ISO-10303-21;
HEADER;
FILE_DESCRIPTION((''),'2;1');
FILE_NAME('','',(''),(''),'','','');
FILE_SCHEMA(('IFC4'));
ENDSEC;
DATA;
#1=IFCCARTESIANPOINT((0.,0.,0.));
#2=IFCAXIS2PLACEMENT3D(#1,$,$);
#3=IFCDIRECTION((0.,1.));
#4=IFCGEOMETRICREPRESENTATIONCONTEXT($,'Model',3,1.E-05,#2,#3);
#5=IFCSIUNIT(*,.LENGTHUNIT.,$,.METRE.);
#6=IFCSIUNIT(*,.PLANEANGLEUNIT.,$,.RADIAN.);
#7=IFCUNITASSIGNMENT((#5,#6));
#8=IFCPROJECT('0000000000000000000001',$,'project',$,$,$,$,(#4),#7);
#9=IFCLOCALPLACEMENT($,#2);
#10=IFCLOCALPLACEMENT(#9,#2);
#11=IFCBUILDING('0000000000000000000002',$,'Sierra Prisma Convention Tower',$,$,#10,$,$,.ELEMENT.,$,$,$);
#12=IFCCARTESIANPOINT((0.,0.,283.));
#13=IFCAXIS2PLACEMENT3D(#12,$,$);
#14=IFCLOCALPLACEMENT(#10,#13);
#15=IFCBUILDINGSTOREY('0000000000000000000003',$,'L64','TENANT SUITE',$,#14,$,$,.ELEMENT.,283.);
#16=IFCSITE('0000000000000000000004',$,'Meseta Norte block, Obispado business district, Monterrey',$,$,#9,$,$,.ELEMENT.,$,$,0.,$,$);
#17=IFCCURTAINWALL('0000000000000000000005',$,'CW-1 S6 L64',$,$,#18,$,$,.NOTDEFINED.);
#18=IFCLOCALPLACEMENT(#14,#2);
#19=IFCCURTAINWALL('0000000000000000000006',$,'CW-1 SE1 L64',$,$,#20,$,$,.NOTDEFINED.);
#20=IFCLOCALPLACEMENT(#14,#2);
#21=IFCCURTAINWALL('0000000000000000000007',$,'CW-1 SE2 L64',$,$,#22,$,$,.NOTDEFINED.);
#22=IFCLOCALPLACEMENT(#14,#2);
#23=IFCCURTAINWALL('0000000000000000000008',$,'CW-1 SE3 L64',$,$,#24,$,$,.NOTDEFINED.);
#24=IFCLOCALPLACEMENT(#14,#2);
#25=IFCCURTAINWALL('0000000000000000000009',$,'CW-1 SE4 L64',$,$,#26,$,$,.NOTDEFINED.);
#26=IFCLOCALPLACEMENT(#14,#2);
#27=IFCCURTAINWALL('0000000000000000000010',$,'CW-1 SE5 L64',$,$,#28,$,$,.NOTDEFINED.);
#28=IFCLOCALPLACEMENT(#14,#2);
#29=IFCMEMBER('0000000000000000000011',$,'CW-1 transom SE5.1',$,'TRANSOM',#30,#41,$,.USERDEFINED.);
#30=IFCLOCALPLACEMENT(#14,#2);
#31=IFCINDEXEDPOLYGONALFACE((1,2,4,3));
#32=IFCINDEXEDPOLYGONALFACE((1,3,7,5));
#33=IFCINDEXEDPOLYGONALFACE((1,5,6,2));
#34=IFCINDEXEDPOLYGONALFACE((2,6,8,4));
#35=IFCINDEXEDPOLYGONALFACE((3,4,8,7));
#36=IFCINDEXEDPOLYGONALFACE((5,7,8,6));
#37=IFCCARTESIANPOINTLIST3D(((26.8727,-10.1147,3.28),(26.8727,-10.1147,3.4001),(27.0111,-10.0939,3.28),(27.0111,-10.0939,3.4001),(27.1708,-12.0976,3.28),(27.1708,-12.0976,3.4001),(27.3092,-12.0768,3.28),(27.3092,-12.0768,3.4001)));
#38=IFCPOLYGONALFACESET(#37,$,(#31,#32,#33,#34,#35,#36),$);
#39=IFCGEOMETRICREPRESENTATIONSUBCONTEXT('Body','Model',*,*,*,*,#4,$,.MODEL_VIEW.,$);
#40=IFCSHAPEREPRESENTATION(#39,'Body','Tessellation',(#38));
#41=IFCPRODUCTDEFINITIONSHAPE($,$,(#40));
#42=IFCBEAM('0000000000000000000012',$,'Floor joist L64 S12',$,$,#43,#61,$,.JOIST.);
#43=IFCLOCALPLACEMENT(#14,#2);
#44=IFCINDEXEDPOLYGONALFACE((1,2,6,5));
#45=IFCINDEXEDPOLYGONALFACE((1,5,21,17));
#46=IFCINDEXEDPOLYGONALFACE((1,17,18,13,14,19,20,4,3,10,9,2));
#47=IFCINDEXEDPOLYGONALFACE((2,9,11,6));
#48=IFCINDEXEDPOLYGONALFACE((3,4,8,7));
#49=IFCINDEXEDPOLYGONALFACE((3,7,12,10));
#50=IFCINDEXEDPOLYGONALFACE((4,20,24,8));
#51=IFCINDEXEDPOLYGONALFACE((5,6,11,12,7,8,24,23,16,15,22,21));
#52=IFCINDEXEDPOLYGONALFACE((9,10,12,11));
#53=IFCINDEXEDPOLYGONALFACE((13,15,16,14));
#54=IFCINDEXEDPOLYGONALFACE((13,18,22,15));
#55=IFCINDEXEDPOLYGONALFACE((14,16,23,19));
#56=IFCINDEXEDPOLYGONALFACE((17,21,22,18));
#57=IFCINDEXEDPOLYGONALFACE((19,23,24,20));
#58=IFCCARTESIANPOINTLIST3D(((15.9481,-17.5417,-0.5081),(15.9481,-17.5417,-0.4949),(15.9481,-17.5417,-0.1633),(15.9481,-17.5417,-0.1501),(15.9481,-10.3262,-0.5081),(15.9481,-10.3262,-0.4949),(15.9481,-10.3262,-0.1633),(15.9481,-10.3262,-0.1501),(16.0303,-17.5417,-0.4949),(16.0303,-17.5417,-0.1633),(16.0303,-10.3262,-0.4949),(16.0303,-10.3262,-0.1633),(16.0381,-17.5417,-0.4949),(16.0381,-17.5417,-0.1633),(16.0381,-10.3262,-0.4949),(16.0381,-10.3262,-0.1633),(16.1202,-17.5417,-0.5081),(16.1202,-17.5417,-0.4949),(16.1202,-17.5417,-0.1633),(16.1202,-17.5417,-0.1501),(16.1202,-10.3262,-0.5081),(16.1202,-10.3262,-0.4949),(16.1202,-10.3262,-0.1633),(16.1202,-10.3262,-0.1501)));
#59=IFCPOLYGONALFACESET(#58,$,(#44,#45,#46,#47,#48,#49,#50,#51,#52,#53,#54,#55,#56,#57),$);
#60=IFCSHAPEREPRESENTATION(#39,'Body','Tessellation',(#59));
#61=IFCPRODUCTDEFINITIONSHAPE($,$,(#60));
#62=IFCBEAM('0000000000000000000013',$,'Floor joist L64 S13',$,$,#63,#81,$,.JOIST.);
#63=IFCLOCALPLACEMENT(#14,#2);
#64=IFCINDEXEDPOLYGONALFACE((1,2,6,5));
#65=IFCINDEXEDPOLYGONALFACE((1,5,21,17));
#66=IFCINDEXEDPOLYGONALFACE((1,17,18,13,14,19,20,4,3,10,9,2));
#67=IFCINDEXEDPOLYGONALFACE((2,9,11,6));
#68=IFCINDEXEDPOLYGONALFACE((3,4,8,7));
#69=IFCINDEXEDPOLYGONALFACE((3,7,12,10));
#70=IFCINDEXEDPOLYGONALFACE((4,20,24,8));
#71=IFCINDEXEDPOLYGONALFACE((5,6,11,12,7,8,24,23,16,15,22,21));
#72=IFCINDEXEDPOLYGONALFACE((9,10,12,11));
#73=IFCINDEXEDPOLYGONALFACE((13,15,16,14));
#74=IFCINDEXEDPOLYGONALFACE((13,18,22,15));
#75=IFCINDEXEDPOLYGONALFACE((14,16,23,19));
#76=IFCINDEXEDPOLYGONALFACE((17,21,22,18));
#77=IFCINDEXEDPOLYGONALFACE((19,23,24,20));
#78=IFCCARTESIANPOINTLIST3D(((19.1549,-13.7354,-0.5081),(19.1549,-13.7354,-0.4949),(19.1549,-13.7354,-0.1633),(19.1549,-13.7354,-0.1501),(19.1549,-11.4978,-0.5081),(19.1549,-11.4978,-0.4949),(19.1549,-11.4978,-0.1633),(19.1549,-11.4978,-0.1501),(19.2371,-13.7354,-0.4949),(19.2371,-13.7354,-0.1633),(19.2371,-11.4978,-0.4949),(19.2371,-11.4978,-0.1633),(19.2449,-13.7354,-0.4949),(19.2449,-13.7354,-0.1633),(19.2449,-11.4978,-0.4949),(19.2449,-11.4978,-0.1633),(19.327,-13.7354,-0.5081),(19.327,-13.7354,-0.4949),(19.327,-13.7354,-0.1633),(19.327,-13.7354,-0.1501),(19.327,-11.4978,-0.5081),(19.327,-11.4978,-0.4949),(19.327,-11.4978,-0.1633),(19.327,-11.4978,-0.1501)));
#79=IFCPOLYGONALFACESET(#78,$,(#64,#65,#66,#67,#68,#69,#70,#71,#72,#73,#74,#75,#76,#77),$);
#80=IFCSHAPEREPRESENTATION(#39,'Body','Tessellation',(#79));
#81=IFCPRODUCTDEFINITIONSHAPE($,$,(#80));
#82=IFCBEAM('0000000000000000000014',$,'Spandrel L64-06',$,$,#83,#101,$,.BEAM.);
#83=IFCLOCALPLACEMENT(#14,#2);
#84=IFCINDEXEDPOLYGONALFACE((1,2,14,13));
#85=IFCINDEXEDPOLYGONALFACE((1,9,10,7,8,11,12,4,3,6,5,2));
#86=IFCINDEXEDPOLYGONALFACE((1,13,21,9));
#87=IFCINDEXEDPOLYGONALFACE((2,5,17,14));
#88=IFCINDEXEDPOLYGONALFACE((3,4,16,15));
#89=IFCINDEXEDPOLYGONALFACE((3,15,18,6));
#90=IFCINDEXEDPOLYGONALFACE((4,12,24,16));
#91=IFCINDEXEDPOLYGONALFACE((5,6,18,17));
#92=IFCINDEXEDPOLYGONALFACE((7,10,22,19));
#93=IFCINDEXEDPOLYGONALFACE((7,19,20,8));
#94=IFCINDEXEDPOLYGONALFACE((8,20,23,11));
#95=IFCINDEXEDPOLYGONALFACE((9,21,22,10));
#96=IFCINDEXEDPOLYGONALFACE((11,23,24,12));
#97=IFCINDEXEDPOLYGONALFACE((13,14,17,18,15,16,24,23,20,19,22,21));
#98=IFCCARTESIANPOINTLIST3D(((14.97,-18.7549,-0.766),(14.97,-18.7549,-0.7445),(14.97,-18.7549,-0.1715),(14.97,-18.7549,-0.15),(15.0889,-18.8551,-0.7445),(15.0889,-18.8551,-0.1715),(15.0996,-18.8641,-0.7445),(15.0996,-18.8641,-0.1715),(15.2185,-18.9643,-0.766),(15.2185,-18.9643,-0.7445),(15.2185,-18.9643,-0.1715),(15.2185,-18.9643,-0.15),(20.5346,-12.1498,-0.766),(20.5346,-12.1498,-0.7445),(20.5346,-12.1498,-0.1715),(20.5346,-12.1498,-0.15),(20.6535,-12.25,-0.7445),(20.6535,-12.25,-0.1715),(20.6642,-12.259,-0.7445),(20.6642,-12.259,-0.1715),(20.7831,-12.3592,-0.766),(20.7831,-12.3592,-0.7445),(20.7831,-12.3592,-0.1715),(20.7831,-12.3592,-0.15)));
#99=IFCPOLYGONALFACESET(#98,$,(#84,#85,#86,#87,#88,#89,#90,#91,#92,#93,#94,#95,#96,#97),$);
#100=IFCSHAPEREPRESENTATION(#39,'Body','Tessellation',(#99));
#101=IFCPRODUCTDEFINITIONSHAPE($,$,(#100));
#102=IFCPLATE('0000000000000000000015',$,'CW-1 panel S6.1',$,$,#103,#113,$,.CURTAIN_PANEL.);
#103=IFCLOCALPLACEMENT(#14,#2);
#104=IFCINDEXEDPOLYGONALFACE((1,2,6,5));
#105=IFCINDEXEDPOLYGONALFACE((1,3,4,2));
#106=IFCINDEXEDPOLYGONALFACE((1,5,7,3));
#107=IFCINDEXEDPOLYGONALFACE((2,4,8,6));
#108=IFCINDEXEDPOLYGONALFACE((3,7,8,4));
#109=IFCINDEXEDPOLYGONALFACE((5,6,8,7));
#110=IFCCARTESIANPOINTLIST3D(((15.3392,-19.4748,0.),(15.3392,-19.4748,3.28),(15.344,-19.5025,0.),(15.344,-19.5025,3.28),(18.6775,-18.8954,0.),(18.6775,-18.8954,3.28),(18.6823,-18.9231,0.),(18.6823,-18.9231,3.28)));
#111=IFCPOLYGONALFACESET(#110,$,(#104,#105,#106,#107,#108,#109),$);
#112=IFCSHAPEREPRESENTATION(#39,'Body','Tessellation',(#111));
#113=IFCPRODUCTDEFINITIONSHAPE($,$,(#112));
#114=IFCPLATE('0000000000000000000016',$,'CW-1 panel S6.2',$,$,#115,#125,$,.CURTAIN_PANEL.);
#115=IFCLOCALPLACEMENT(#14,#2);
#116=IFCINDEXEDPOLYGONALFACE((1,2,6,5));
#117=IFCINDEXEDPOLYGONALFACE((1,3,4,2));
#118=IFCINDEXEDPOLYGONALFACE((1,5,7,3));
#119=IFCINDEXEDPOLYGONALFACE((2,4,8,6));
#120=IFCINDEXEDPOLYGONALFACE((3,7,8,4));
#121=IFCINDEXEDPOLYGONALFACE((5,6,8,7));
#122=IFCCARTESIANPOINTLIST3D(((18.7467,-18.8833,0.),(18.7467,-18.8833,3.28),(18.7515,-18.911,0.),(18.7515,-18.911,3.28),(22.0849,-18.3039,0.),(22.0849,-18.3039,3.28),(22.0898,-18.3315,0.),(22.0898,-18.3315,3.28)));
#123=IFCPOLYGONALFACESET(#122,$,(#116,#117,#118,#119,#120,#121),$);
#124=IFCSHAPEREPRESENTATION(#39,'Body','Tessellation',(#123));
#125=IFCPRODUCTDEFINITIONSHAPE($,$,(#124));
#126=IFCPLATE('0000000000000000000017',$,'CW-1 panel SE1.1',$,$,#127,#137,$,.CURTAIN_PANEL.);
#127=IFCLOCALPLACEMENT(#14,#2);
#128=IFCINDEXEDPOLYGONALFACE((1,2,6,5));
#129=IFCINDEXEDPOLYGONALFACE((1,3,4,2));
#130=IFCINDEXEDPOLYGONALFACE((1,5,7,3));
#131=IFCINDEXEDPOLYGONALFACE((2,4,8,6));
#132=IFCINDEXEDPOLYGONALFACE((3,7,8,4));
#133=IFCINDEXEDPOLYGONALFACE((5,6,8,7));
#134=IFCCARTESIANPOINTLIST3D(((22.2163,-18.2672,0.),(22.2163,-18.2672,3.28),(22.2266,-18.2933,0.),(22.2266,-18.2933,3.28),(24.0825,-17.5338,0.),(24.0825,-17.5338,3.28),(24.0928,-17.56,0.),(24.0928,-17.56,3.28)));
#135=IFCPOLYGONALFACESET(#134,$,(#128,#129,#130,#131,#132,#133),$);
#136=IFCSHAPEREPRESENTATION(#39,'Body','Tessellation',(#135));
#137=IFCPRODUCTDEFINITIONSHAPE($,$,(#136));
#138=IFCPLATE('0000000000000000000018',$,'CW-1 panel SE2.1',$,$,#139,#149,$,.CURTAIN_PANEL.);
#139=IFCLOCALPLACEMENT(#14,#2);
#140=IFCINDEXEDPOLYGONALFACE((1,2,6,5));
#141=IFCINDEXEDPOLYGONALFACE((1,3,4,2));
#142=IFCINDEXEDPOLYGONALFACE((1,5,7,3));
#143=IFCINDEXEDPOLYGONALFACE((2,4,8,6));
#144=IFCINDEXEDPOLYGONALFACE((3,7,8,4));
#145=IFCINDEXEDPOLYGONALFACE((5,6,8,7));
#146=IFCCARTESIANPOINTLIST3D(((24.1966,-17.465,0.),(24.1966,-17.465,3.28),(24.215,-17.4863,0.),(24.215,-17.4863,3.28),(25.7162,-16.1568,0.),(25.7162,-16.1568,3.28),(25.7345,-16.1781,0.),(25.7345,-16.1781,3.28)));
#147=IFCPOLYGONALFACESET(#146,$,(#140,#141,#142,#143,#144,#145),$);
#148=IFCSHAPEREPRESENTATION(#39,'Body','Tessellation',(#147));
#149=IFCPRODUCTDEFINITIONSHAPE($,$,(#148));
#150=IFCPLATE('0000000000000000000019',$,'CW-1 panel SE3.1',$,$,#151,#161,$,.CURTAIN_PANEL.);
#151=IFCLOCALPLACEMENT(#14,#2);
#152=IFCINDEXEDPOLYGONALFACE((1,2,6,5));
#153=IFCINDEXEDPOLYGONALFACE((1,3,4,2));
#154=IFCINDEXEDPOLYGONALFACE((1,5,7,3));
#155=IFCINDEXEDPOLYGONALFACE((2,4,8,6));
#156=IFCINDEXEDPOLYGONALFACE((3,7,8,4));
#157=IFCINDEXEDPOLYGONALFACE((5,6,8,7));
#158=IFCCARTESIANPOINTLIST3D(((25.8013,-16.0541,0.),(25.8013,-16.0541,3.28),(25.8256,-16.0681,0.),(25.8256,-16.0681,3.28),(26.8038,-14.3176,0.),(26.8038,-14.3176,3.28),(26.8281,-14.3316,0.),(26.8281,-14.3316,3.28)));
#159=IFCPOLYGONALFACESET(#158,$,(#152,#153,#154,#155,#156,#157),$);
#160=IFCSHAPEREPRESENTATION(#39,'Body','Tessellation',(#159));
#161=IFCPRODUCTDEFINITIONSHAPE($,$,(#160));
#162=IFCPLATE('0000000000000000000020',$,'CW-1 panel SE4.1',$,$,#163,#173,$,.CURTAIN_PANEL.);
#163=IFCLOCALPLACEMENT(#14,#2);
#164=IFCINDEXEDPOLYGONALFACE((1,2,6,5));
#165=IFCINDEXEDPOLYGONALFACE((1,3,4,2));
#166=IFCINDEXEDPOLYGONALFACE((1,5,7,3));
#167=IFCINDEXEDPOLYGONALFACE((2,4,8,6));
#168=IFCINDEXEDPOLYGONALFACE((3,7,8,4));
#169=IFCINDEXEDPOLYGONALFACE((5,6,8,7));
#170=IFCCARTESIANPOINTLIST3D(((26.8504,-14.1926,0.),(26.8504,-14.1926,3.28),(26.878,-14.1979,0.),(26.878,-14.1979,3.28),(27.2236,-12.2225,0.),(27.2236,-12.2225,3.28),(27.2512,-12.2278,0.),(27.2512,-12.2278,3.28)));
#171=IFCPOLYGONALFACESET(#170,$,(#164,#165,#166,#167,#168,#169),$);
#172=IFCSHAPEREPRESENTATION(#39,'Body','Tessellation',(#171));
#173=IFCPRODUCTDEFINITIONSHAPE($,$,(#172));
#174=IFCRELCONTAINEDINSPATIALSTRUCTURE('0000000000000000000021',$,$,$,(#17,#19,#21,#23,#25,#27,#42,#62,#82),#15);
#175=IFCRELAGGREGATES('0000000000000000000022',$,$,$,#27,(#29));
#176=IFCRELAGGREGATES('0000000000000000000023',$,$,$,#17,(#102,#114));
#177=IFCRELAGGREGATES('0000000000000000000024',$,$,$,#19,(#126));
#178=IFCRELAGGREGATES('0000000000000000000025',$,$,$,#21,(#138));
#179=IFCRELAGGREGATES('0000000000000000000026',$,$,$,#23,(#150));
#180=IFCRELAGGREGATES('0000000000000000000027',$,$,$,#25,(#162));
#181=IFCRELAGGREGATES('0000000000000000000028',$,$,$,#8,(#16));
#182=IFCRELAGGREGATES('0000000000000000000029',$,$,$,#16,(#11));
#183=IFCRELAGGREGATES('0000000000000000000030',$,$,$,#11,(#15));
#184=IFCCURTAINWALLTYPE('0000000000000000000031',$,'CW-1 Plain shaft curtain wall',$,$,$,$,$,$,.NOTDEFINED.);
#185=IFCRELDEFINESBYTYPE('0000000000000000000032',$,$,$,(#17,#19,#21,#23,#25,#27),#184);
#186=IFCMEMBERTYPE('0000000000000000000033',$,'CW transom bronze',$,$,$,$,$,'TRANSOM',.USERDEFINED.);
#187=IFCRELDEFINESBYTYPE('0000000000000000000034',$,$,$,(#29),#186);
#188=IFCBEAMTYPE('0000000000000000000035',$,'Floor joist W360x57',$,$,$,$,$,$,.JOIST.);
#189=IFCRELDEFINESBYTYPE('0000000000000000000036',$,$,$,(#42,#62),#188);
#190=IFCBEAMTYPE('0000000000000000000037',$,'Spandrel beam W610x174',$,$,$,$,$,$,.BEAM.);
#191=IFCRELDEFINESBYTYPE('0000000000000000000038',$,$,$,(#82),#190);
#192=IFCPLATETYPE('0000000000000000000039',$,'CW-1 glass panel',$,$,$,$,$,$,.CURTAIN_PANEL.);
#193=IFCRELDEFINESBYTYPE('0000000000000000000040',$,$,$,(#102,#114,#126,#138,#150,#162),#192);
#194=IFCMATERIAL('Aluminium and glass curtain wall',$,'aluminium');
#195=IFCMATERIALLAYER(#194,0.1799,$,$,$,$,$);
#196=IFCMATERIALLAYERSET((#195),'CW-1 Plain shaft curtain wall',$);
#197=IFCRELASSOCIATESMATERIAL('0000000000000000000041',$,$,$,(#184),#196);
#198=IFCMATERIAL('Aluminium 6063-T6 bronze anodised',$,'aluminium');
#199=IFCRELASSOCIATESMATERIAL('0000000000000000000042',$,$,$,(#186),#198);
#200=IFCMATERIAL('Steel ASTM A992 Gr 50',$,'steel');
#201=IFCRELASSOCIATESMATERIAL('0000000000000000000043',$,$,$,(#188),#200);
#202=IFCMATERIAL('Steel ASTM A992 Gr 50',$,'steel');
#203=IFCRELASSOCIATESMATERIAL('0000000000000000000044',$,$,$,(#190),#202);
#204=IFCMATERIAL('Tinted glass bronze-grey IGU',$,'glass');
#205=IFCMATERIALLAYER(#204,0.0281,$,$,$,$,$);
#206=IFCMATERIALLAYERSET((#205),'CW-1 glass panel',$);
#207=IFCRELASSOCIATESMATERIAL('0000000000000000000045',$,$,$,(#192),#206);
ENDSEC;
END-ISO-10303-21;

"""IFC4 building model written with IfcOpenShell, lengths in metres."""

from ifc_helpers import new_model, si_unit, direction, frame, origin, origin_2d, place, context, subcontext, project, spatial, rectangle, i_section, extrude, material, layer, layer_set, material_profile, profile_set, type_object, element, aggregate, save


model = new_model("IFC4")

# Units and contexts
model_context = context("Model", 3, precision=1e-05, world=origin(), true_north=direction((0.0, 1.0)))
body_context = subcontext(model_context, "Body", "Model", "MODEL_VIEW")
ifc_project = project(units=[si_unit("LENGTHUNIT", "METRE"), si_unit("PLANEANGLEUNIT", "RADIAN")], contexts=[model_context])

# Site, building, storey
site_placement = place(None, origin())
site = spatial("IfcSite", under=ifc_project, at=site_placement, Name="Meseta Norte block, Obispado business district, Monterrey", CompositionType="ELEMENT", RefElevation=0.0)
building_placement = place(site_placement, origin())
building = spatial("IfcBuilding", under=site, at=building_placement, Name="Sierra Prisma Convention Tower", CompositionType="ELEMENT")
storey_placement = place(building_placement, frame((0.0, 0.0, 283.0)))
storey = spatial("IfcBuildingStorey", under=building, at=storey_placement, Name="L64", Description="TENANT SUITE", CompositionType="ELEMENT", Elevation=283.0)

# Curtain walls
ifc_material_1 = material(Name="Aluminium and glass curtain wall", Category="aluminium")
ifc_layer_1 = layer(ifc_material_1, 0.1799)
ifc_layer_set_1 = layer_set([ifc_layer_1], Name="CW-1 Plain shaft curtain wall")
curtain_wall_type = type_object("IfcCurtainWallType", Name="CW-1 Plain shaft curtain wall", PredefinedType="NOTDEFINED", material=ifc_layer_set_1)
curtain_wall_1_placement = place(storey_placement, origin())
curtain_wall_1 = element("IfcCurtainWall", 1, at=curtain_wall_1_placement, inside=storey, type_object=curtain_wall_type, Name="CW-1 S6 L64", PredefinedType="NOTDEFINED")
curtain_wall_2_placement = place(storey_placement, origin())
curtain_wall_2 = element("IfcCurtainWall", 2, at=curtain_wall_2_placement, inside=storey, type_object=curtain_wall_type, Name="CW-1 SE1 L64", PredefinedType="NOTDEFINED")
curtain_wall_3_placement = place(storey_placement, origin())
curtain_wall_3 = element("IfcCurtainWall", 3, at=curtain_wall_3_placement, inside=storey, type_object=curtain_wall_type, Name="CW-1 SE2 L64", PredefinedType="NOTDEFINED")
curtain_wall_4_placement = place(storey_placement, origin())
curtain_wall_4 = element("IfcCurtainWall", 4, at=curtain_wall_4_placement, inside=storey, type_object=curtain_wall_type, Name="CW-1 SE3 L64", PredefinedType="NOTDEFINED")
curtain_wall_5_placement = place(storey_placement, origin())
curtain_wall_5 = element("IfcCurtainWall", 5, at=curtain_wall_5_placement, inside=storey, type_object=curtain_wall_type, Name="CW-1 SE4 L64", PredefinedType="NOTDEFINED")
curtain_wall_6_placement = place(storey_placement, origin())
curtain_wall_6 = element("IfcCurtainWall", 6, at=curtain_wall_6_placement, inside=storey, type_object=curtain_wall_type, Name="CW-1 SE5 L64", PredefinedType="NOTDEFINED")

# Member
ifc_material_2 = material(Name="Aluminium 6063-T6 bronze anodised", Category="aluminium")
ifc_material_profile_1 = material_profile(ifc_material_2, rectangle(XDim=0.1399, YDim=0.1201, at=origin_2d()), Name="ALU TRANSOM 120x140")
ifc_profile_set_1 = profile_set([ifc_material_profile_1], Name="Aluminium 6063-T6 bronze anodised")
member_type_1 = type_object("IfcMemberType", Name="CW transom bronze", ElementType="TRANSOM", PredefinedType="USERDEFINED", material=ifc_profile_set_1)
member_1_placement = place(storey_placement, frame((27.24, -12.0872, 3.3401), z_axis=(-0.148662, 0.988888, 0.0), x_axis=(-0.988888, -0.148662, 0.0)))
member_1 = element("IfcMember", 7, at=member_1_placement, type_object=member_type_1, Name="CW-1 transom SE5.1", ObjectType="TRANSOM", PredefinedType="USERDEFINED", context=body_context, shape_type="SweptSolid", body=[
    extrude(rectangle(XDim=0.1399, YDim=0.1201, at=origin_2d()), origin(), (0.0, 0.0, 1.0), 2.0051),
])
aggregate(curtain_wall_6, [member_1])

# Beams
ifc_material_3 = material(Name="Steel ASTM A992 Gr 50", Category="steel")
ifc_material_profile_2 = material_profile(ifc_material_3, i_section(OverallWidth=0.1721, OverallDepth=0.3579, WebThickness=0.0078, FlangeThickness=0.0132, at=origin_2d()), Name="W360x57")
ifc_profile_set_2 = profile_set([ifc_material_profile_2], Name="Steel ASTM A992 Gr 50")
beam_type_1 = type_object("IfcBeamType", Name="Floor joist W360x57", PredefinedType="JOIST", material=ifc_profile_set_2)
beam_1_placement = place(storey_placement, frame((16.0342, -17.5417, -0.3291), z_axis=(0.0, 1.0, 0.0), x_axis=(-1.0, 0.0, 0.0)))
element("IfcBeam", 8, at=beam_1_placement, inside=storey, type_object=beam_type_1, Name="Floor joist L64 S12", PredefinedType="JOIST", context=body_context, shape_type="SweptSolid", body=[
    extrude(i_section(OverallWidth=0.1721, OverallDepth=0.3579, WebThickness=0.0078, FlangeThickness=0.0132, at=origin_2d()), origin(), (0.0, 0.0, 1.0), 7.2156),
])
beam_2_placement = place(storey_placement, frame((19.241, -13.7354, -0.3291), z_axis=(0.0, 1.0, 0.0), x_axis=(-1.0, 0.0, 0.0)))
element("IfcBeam", 9, at=beam_2_placement, inside=storey, type_object=beam_type_1, Name="Floor joist L64 S13", PredefinedType="JOIST", context=body_context, shape_type="SweptSolid", body=[
    extrude(i_section(OverallWidth=0.1721, OverallDepth=0.3579, WebThickness=0.0078, FlangeThickness=0.0132, at=origin_2d()), origin(), (0.0, 0.0, 1.0), 2.2375),
])
ifc_material_4 = material(Name="Steel ASTM A992 Gr 50", Category="steel")
ifc_material_profile_3 = material_profile(ifc_material_4, i_section(OverallWidth=0.325, OverallDepth=0.616, WebThickness=0.0139, FlangeThickness=0.0215, at=origin_2d()), Name="W610x174")
ifc_profile_set_3 = profile_set([ifc_material_profile_3], Name="Steel ASTM A992 Gr 50")
beam_type_2 = type_object("IfcBeamType", Name="Spandrel beam W610x174", PredefinedType="BEAM", material=ifc_profile_set_3)
beam_3_placement = place(storey_placement, frame((15.0942, -18.8596, -0.458), z_axis=(0.644299, 0.764774, 0.0), x_axis=(-0.764774, 0.644299, 0.0)))
element("IfcBeam", 10, at=beam_3_placement, inside=storey, type_object=beam_type_2, Name="Spandrel L64-06", PredefinedType="BEAM", context=body_context, shape_type="SweptSolid", body=[
    extrude(i_section(OverallWidth=0.325, OverallDepth=0.616, WebThickness=0.0139, FlangeThickness=0.0215, at=origin_2d()), origin(), (0.0, 0.0, 1.0), 8.6367),
])

# Plates
ifc_material_5 = material(Name="Tinted glass bronze-grey IGU", Category="glass")
ifc_layer_2 = layer(ifc_material_5, 0.0281)
ifc_layer_set_2 = layer_set([ifc_layer_2], Name="CW-1 glass panel")
plate_type = type_object("IfcPlateType", Name="CW-1 glass panel", PredefinedType="CURTAIN_PANEL", material=ifc_layer_set_2)
plate_1_placement = place(storey_placement, frame((17.0107, -19.199, 0.0), z_axis=(0.0, 0.0, 1.0), x_axis=(0.985269, 0.171009, 0.0)))
plate_1 = element("IfcPlate", 11, at=plate_1_placement, type_object=plate_type, Name="CW-1 panel S6.1", PredefinedType="CURTAIN_PANEL", context=body_context, shape_type="SweptSolid", body=[
    extrude(rectangle(XDim=3.3882, YDim=0.0281, at=origin_2d()), origin(), (0.0, 0.0, 1.0), 3.28),
])
plate_2_placement = place(storey_placement, frame((20.4182, -18.6074, 0.0), z_axis=(0.0, 0.0, 1.0), x_axis=(0.985269, 0.171009, 0.0)))
plate_2 = element("IfcPlate", 12, at=plate_2_placement, type_object=plate_type, Name="CW-1 panel S6.2", PredefinedType="CURTAIN_PANEL", context=body_context, shape_type="SweptSolid", body=[
    extrude(rectangle(XDim=3.3882, YDim=0.0281, at=origin_2d()), origin(), (0.0, 0.0, 1.0), 3.28),
])
aggregate(curtain_wall_1, [plate_1, plate_2])
plate_3_placement = place(storey_placement, frame((23.1545, -17.9136, 0.0), z_axis=(0.0, 0.0, 1.0), x_axis=(0.93072, 0.365732, 0.0)))
plate_3 = element("IfcPlate", 13, at=plate_3_placement, type_object=plate_type, Name="CW-1 panel SE1.1", PredefinedType="CURTAIN_PANEL", context=body_context, shape_type="SweptSolid", body=[
    extrude(rectangle(XDim=2.0051, YDim=0.0281, at=origin_2d()), origin(), (0.0, 0.0, 1.0), 3.28),
])
aggregate(curtain_wall_2, [plate_3])
plate_4_placement = place(storey_placement, frame((24.9656, -16.8215, 0.0), z_axis=(0.0, 0.0, 1.0), x_axis=(0.757835, 0.652447, 0.0)))
plate_4 = element("IfcPlate", 14, at=plate_4_placement, type_object=plate_type, Name="CW-1 panel SE2.1", PredefinedType="CURTAIN_PANEL", context=body_context, shape_type="SweptSolid", body=[
    extrude(rectangle(XDim=2.0051, YDim=0.0281, at=origin_2d()), origin(), (0.0, 0.0, 1.0), 3.28),
])
aggregate(curtain_wall_3, [plate_4])
plate_5_placement = place(storey_placement, frame((26.3147, -15.1929, 0.0), z_axis=(0.0, 0.0, 1.0), x_axis=(0.5, 0.866025, 0.0)))
plate_5 = element("IfcPlate", 15, at=plate_5_placement, type_object=plate_type, Name="CW-1 panel SE3.1", PredefinedType="CURTAIN_PANEL", context=body_context, shape_type="SweptSolid", body=[
    extrude(rectangle(XDim=2.0051, YDim=0.0281, at=origin_2d()), origin(), (0.0, 0.0, 1.0), 3.28),
])
aggregate(curtain_wall_4, [plate_5])
plate_6_placement = place(storey_placement, frame((27.0508, -13.2102, 0.0), z_axis=(0.0, 0.0, 1.0), x_axis=(0.186118, 0.982527, 0.0)))
plate_6 = element("IfcPlate", 16, at=plate_6_placement, type_object=plate_type, Name="CW-1 panel SE4.1", PredefinedType="CURTAIN_PANEL", context=body_context, shape_type="SweptSolid", body=[
    extrude(rectangle(XDim=2.0051, YDim=0.0281, at=origin_2d()), origin(), (0.0, 0.0, 1.0), 3.28),
])
aggregate(curtain_wall_5, [plate_6])

save(model, "model.ifc")
